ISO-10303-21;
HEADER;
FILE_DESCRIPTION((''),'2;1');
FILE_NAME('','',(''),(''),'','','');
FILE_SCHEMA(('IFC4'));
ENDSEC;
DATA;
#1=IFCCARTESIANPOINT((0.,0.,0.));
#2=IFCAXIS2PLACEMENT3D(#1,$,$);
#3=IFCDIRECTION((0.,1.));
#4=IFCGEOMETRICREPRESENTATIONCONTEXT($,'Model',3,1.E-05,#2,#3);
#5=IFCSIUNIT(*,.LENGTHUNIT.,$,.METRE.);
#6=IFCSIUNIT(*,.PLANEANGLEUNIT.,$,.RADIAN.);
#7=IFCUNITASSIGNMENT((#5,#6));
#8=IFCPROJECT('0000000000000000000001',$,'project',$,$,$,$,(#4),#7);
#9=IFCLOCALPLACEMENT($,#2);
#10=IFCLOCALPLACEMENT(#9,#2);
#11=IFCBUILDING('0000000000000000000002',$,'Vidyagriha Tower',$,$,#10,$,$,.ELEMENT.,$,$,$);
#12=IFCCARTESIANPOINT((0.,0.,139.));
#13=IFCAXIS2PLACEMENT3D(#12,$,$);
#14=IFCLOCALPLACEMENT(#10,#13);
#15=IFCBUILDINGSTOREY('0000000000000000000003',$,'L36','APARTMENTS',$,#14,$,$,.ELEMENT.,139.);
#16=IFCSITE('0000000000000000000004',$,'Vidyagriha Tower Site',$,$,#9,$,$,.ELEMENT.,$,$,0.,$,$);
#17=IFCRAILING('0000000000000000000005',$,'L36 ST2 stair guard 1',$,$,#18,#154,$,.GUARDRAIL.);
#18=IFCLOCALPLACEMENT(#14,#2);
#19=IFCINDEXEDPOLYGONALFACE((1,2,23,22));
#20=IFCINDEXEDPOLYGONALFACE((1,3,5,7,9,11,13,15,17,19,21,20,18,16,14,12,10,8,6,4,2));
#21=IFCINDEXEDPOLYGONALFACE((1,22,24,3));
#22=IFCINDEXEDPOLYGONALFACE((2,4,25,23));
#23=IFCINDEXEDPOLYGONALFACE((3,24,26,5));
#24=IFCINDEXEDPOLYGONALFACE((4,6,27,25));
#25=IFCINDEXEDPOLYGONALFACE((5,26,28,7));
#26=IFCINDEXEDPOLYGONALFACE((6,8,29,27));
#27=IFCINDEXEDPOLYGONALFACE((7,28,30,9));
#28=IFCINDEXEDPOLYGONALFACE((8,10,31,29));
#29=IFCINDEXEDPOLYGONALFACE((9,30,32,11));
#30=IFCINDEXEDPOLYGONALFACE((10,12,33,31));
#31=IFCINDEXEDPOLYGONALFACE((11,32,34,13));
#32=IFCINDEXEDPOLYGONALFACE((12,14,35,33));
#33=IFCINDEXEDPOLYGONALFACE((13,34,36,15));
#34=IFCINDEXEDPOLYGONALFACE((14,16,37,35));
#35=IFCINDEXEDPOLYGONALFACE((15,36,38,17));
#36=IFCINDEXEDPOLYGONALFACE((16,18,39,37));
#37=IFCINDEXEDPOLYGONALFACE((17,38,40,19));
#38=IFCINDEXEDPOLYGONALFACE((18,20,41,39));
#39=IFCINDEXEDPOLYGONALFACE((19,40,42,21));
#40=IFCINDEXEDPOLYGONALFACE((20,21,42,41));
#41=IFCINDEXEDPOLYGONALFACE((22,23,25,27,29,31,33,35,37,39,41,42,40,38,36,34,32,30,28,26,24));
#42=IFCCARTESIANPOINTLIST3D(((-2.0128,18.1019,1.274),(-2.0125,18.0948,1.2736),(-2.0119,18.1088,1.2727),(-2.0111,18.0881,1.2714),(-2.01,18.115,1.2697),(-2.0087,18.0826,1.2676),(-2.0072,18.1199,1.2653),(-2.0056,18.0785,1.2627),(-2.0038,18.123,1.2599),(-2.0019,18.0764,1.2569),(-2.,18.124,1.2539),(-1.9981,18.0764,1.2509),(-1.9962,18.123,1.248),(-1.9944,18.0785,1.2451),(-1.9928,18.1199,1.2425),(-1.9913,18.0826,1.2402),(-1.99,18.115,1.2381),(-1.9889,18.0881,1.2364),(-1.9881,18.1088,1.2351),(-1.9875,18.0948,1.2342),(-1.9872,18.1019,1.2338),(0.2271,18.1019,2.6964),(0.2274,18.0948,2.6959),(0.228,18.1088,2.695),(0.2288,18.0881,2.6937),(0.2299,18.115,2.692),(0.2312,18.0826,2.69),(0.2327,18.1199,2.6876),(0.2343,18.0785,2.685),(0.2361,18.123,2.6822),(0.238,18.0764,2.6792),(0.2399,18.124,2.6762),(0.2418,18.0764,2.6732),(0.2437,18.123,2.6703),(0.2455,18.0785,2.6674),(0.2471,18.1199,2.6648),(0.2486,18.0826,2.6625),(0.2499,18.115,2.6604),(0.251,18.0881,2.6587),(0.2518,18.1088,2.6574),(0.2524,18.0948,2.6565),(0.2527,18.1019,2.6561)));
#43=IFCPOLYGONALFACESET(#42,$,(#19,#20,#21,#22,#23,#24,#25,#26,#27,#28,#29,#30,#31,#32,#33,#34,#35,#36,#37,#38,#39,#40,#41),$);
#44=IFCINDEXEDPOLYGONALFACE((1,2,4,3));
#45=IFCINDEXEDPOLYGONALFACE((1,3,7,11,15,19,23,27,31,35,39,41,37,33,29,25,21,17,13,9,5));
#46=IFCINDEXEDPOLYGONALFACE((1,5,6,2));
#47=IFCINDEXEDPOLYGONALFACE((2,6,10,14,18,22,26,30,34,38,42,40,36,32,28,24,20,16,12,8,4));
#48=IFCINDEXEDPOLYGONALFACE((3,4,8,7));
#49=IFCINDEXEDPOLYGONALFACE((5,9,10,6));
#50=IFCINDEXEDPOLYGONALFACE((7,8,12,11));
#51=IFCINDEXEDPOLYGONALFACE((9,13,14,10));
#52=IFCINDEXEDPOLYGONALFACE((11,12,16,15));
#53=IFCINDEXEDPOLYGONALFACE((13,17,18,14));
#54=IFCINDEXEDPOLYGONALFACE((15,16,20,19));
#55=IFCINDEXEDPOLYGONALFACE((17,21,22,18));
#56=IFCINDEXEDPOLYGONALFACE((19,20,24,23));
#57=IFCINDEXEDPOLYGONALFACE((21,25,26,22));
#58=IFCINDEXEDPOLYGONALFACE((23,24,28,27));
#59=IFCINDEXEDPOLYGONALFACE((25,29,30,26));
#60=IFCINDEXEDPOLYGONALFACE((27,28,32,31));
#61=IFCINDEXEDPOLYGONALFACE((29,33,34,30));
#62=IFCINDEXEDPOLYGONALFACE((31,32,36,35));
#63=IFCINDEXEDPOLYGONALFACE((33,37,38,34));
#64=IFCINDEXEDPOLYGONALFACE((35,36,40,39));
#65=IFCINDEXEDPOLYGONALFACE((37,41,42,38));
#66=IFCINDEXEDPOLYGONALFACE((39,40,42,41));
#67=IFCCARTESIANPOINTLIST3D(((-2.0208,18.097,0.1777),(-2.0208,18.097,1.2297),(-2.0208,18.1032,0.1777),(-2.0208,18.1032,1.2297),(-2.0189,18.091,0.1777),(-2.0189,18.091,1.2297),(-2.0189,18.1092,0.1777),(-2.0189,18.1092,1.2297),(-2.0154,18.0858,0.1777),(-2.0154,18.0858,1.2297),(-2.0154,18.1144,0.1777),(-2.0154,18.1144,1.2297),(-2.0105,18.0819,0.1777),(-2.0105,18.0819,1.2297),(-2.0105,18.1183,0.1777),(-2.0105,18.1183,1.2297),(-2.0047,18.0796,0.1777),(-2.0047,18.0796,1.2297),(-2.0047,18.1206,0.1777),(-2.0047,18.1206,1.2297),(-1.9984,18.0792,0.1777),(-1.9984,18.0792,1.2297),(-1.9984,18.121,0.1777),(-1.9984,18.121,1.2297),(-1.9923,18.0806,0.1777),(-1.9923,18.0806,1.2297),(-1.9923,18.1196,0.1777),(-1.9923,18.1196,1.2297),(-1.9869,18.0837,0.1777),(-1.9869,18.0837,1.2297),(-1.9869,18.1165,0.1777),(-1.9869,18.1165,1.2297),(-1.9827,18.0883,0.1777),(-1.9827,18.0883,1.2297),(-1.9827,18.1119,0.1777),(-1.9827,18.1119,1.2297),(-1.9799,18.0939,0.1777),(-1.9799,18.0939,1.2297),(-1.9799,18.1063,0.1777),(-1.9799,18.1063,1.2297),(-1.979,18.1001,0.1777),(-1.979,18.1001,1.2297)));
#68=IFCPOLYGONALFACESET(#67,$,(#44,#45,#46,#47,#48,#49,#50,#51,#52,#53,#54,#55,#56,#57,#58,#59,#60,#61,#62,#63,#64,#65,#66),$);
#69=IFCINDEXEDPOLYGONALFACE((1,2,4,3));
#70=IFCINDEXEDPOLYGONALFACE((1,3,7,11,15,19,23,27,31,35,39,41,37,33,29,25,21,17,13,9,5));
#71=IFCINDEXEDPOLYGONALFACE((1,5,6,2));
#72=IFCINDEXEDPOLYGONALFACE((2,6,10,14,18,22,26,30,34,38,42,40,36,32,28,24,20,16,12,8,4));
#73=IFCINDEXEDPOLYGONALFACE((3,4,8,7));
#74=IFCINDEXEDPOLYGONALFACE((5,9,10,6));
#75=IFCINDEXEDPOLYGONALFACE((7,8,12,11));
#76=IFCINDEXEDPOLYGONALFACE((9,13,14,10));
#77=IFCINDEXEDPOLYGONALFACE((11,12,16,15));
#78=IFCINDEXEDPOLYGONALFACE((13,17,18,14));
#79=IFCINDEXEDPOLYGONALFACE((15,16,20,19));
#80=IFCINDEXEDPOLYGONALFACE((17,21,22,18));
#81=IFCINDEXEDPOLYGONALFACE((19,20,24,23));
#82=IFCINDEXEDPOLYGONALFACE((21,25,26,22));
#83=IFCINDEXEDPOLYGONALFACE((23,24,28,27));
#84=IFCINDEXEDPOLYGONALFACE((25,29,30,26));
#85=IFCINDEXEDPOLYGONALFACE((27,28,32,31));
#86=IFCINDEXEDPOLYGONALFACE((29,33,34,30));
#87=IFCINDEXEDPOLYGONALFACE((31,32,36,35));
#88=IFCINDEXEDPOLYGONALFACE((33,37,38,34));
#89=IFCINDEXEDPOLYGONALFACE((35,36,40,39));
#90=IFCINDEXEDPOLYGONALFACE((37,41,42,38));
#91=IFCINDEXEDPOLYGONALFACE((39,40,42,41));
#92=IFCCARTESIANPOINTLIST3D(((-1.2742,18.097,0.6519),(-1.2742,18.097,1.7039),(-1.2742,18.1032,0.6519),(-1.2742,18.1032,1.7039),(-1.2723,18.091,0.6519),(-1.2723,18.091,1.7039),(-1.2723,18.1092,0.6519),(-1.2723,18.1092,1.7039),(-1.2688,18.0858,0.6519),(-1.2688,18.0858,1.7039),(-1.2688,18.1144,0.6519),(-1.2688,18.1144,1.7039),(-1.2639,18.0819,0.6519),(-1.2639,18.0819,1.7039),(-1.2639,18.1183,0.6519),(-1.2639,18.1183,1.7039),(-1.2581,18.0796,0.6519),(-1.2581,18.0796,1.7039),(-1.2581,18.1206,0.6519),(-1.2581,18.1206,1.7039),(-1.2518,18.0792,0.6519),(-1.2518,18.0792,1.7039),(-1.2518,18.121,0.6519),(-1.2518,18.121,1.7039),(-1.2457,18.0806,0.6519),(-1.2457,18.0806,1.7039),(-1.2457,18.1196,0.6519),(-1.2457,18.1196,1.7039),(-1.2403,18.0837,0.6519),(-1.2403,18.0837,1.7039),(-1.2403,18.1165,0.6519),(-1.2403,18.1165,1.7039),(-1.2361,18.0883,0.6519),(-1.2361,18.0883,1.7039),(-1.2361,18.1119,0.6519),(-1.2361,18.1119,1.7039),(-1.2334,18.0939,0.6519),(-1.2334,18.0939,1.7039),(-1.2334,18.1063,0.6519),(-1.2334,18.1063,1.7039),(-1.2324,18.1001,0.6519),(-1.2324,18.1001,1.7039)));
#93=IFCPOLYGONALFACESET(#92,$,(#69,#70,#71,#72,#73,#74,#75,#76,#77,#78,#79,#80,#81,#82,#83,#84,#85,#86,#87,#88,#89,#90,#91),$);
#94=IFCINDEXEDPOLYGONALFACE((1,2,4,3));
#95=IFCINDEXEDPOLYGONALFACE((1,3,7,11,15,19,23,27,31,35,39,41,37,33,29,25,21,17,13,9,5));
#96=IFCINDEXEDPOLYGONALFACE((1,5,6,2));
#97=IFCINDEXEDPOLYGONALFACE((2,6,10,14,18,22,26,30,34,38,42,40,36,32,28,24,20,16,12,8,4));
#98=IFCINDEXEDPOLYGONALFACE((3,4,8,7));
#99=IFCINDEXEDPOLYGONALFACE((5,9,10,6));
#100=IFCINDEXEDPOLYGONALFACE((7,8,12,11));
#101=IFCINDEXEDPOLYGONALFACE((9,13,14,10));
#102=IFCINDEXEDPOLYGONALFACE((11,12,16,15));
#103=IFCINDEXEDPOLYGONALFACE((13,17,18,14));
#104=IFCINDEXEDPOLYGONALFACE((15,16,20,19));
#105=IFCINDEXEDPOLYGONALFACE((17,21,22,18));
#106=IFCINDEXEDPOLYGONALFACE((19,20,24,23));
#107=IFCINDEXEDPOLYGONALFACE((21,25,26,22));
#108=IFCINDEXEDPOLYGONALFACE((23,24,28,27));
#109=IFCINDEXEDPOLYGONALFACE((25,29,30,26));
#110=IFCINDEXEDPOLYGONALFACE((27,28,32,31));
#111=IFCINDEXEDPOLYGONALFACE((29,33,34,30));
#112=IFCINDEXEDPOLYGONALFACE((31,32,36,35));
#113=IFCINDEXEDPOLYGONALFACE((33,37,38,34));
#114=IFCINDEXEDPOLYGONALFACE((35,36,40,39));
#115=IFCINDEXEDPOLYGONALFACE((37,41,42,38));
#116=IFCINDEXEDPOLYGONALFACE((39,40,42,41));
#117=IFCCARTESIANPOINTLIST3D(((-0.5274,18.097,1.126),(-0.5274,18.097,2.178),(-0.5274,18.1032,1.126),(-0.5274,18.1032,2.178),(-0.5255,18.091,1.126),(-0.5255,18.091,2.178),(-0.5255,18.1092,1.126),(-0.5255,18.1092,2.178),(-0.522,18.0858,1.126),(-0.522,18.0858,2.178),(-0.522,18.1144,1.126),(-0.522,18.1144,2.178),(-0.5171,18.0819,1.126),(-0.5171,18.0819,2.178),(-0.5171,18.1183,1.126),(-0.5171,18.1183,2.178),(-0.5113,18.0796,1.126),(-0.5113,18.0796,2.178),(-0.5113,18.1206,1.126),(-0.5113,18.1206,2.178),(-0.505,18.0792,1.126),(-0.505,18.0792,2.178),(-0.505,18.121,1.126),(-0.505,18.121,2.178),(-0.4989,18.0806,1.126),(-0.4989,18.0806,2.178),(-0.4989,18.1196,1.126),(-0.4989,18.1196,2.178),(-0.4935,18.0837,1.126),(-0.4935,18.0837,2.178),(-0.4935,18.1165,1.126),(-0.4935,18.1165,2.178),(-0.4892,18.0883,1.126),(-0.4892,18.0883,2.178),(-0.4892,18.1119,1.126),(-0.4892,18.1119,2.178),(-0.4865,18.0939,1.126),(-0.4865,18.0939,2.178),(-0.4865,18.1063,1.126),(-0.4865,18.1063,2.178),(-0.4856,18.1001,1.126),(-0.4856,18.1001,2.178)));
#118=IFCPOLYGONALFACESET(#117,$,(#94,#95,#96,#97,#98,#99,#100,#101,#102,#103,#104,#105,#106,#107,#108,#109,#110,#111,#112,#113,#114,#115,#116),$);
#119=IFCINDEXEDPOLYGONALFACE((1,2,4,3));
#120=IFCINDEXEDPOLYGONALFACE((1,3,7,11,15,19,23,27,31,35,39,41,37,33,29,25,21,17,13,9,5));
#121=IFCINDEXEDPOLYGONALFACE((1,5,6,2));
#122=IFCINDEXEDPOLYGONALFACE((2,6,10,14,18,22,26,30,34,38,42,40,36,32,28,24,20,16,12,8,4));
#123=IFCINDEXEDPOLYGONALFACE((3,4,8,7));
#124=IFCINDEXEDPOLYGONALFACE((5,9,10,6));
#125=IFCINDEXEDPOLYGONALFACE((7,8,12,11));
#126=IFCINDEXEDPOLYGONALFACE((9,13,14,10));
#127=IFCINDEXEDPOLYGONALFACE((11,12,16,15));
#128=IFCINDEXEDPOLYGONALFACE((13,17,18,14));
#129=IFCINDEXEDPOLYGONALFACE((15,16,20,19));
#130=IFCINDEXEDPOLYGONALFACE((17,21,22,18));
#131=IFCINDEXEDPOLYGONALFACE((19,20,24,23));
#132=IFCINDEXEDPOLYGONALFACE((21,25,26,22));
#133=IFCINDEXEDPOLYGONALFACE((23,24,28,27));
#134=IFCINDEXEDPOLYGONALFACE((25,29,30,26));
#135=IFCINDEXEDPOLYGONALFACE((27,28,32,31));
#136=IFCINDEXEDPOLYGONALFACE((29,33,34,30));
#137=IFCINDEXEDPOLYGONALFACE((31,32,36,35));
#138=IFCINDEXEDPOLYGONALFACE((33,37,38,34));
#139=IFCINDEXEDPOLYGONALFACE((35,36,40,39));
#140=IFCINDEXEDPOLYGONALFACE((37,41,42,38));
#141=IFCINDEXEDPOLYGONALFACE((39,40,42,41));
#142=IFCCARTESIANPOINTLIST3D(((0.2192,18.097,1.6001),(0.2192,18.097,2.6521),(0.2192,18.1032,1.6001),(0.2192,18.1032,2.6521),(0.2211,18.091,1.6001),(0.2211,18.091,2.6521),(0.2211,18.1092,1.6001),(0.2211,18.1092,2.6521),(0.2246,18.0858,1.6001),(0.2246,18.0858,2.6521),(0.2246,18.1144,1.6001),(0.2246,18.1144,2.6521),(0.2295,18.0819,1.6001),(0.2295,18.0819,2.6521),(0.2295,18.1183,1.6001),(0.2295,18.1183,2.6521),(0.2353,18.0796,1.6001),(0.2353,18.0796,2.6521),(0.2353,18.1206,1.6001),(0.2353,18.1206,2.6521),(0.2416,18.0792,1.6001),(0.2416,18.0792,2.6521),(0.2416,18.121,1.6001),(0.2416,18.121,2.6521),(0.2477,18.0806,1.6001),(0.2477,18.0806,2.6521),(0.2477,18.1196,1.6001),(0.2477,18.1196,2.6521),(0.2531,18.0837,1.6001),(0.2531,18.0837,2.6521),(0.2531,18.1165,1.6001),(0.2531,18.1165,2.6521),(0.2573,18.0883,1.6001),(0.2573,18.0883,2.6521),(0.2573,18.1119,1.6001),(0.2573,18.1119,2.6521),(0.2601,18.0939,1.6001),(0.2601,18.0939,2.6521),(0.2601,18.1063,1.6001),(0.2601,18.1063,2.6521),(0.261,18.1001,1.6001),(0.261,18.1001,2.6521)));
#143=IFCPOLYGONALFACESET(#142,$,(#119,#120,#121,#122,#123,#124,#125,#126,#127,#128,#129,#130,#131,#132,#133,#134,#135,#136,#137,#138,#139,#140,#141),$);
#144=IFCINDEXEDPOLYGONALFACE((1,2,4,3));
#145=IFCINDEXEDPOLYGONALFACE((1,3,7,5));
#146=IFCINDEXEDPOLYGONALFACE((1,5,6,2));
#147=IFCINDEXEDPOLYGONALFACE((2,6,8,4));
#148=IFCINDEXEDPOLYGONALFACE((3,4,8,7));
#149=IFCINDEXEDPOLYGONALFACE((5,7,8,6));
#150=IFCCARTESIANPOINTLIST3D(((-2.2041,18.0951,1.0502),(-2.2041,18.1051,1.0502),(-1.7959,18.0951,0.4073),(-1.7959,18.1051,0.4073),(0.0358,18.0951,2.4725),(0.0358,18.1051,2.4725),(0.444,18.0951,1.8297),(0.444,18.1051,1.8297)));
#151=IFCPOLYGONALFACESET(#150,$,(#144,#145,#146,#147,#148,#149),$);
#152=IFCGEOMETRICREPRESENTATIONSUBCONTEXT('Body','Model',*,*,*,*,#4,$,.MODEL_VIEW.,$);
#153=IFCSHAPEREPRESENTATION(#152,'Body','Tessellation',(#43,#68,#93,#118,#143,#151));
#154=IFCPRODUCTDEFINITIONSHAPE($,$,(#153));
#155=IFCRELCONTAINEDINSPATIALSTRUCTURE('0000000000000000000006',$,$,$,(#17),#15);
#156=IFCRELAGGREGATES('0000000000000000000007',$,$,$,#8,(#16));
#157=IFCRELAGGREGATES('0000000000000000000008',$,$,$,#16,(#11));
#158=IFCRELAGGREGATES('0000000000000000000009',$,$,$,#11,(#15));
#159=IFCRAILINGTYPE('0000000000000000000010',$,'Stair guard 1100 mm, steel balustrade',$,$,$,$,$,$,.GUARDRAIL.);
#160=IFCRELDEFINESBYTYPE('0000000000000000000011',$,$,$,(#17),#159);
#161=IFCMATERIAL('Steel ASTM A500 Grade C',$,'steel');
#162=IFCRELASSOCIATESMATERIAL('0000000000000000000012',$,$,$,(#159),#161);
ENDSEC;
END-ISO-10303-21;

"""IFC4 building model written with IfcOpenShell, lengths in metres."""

from ifc_helpers import new_model, si_unit, direction, frame, origin, origin_2d, place, context, subcontext, project, spatial, rectangle, circle, extrude, material, type_object, element, save


model = new_model("IFC4")

# Units and contexts
model_context = context("Model", 3, precision=1e-05, world=origin(), true_north=direction((0.0, 1.0)))
body_context = subcontext(model_context, "Body", "Model", "MODEL_VIEW")
ifc_project = project(units=[si_unit("LENGTHUNIT", "METRE"), si_unit("PLANEANGLEUNIT", "RADIAN")], contexts=[model_context])

# Site, building, storey
site_placement = place(None, origin())
site = spatial("IfcSite", under=ifc_project, at=site_placement, Name="Vidyagriha Tower Site", CompositionType="ELEMENT", RefElevation=0.0)
building_placement = place(site_placement, origin())
building = spatial("IfcBuilding", under=site, at=building_placement, Name="Vidyagriha Tower", CompositionType="ELEMENT")
storey_placement = place(building_placement, frame((0.0, 0.0, 139.0)))
storey = spatial("IfcBuildingStorey", under=building, at=storey_placement, Name="L36", Description="APARTMENTS", CompositionType="ELEMENT", Elevation=139.0)

# Railing
ifc_material_1 = material(Name="Steel ASTM A500 Grade C", Category="steel")
railing_type_1 = type_object("IfcRailingType", Name="Stair guard 1100 mm, steel balustrade", PredefinedType="GUARDRAIL", material=ifc_material_1)
railing_1_placement = place(storey_placement, frame((-2.0, 18.1001, 0.1777)))
element("IfcRailing", 1, at=railing_1_placement, inside=storey, type_object=railing_type_1, Name="L36 ST2 stair guard 1", PredefinedType="GUARDRAIL", context=body_context, shape_type="SweptSolid", body=[
    extrude(circle(Radius=0.0239, at=origin_2d()), frame((0.0, 0.0, 1.0762), z_axis=(0.844188, 0.0, 0.536048), x_axis=(0.0, 1.0, 0.0)), (0.0, 0.0, 1.0), 2.6533),
    extrude(circle(Radius=0.021, at=origin_2d()), origin(), (0.0, 0.0, 1.0), 1.052),
    extrude(circle(Radius=0.021, at=origin_2d()), frame((0.7466, 0.0, 0.4741)), (0.0, 0.0, 1.0), 1.052),
    extrude(circle(Radius=0.021, at=origin_2d()), frame((1.4934, 0.0, 0.9482)), (0.0, 0.0, 1.0), 1.052),
    extrude(circle(Radius=0.021, at=origin_2d()), frame((2.24, 0.0, 1.4224)), (0.0, 0.0, 1.0), 1.052),
    extrude(rectangle(XDim=0.01, YDim=0.7615, at=origin_2d()), frame((0.0, 0.0, 0.551), z_axis=(0.844188, 0.0, 0.536048), x_axis=(0.0, 1.0, 0.0)), (0.0, 0.0, 1.0), 2.6533),
])

save(model, "model.ifc")
